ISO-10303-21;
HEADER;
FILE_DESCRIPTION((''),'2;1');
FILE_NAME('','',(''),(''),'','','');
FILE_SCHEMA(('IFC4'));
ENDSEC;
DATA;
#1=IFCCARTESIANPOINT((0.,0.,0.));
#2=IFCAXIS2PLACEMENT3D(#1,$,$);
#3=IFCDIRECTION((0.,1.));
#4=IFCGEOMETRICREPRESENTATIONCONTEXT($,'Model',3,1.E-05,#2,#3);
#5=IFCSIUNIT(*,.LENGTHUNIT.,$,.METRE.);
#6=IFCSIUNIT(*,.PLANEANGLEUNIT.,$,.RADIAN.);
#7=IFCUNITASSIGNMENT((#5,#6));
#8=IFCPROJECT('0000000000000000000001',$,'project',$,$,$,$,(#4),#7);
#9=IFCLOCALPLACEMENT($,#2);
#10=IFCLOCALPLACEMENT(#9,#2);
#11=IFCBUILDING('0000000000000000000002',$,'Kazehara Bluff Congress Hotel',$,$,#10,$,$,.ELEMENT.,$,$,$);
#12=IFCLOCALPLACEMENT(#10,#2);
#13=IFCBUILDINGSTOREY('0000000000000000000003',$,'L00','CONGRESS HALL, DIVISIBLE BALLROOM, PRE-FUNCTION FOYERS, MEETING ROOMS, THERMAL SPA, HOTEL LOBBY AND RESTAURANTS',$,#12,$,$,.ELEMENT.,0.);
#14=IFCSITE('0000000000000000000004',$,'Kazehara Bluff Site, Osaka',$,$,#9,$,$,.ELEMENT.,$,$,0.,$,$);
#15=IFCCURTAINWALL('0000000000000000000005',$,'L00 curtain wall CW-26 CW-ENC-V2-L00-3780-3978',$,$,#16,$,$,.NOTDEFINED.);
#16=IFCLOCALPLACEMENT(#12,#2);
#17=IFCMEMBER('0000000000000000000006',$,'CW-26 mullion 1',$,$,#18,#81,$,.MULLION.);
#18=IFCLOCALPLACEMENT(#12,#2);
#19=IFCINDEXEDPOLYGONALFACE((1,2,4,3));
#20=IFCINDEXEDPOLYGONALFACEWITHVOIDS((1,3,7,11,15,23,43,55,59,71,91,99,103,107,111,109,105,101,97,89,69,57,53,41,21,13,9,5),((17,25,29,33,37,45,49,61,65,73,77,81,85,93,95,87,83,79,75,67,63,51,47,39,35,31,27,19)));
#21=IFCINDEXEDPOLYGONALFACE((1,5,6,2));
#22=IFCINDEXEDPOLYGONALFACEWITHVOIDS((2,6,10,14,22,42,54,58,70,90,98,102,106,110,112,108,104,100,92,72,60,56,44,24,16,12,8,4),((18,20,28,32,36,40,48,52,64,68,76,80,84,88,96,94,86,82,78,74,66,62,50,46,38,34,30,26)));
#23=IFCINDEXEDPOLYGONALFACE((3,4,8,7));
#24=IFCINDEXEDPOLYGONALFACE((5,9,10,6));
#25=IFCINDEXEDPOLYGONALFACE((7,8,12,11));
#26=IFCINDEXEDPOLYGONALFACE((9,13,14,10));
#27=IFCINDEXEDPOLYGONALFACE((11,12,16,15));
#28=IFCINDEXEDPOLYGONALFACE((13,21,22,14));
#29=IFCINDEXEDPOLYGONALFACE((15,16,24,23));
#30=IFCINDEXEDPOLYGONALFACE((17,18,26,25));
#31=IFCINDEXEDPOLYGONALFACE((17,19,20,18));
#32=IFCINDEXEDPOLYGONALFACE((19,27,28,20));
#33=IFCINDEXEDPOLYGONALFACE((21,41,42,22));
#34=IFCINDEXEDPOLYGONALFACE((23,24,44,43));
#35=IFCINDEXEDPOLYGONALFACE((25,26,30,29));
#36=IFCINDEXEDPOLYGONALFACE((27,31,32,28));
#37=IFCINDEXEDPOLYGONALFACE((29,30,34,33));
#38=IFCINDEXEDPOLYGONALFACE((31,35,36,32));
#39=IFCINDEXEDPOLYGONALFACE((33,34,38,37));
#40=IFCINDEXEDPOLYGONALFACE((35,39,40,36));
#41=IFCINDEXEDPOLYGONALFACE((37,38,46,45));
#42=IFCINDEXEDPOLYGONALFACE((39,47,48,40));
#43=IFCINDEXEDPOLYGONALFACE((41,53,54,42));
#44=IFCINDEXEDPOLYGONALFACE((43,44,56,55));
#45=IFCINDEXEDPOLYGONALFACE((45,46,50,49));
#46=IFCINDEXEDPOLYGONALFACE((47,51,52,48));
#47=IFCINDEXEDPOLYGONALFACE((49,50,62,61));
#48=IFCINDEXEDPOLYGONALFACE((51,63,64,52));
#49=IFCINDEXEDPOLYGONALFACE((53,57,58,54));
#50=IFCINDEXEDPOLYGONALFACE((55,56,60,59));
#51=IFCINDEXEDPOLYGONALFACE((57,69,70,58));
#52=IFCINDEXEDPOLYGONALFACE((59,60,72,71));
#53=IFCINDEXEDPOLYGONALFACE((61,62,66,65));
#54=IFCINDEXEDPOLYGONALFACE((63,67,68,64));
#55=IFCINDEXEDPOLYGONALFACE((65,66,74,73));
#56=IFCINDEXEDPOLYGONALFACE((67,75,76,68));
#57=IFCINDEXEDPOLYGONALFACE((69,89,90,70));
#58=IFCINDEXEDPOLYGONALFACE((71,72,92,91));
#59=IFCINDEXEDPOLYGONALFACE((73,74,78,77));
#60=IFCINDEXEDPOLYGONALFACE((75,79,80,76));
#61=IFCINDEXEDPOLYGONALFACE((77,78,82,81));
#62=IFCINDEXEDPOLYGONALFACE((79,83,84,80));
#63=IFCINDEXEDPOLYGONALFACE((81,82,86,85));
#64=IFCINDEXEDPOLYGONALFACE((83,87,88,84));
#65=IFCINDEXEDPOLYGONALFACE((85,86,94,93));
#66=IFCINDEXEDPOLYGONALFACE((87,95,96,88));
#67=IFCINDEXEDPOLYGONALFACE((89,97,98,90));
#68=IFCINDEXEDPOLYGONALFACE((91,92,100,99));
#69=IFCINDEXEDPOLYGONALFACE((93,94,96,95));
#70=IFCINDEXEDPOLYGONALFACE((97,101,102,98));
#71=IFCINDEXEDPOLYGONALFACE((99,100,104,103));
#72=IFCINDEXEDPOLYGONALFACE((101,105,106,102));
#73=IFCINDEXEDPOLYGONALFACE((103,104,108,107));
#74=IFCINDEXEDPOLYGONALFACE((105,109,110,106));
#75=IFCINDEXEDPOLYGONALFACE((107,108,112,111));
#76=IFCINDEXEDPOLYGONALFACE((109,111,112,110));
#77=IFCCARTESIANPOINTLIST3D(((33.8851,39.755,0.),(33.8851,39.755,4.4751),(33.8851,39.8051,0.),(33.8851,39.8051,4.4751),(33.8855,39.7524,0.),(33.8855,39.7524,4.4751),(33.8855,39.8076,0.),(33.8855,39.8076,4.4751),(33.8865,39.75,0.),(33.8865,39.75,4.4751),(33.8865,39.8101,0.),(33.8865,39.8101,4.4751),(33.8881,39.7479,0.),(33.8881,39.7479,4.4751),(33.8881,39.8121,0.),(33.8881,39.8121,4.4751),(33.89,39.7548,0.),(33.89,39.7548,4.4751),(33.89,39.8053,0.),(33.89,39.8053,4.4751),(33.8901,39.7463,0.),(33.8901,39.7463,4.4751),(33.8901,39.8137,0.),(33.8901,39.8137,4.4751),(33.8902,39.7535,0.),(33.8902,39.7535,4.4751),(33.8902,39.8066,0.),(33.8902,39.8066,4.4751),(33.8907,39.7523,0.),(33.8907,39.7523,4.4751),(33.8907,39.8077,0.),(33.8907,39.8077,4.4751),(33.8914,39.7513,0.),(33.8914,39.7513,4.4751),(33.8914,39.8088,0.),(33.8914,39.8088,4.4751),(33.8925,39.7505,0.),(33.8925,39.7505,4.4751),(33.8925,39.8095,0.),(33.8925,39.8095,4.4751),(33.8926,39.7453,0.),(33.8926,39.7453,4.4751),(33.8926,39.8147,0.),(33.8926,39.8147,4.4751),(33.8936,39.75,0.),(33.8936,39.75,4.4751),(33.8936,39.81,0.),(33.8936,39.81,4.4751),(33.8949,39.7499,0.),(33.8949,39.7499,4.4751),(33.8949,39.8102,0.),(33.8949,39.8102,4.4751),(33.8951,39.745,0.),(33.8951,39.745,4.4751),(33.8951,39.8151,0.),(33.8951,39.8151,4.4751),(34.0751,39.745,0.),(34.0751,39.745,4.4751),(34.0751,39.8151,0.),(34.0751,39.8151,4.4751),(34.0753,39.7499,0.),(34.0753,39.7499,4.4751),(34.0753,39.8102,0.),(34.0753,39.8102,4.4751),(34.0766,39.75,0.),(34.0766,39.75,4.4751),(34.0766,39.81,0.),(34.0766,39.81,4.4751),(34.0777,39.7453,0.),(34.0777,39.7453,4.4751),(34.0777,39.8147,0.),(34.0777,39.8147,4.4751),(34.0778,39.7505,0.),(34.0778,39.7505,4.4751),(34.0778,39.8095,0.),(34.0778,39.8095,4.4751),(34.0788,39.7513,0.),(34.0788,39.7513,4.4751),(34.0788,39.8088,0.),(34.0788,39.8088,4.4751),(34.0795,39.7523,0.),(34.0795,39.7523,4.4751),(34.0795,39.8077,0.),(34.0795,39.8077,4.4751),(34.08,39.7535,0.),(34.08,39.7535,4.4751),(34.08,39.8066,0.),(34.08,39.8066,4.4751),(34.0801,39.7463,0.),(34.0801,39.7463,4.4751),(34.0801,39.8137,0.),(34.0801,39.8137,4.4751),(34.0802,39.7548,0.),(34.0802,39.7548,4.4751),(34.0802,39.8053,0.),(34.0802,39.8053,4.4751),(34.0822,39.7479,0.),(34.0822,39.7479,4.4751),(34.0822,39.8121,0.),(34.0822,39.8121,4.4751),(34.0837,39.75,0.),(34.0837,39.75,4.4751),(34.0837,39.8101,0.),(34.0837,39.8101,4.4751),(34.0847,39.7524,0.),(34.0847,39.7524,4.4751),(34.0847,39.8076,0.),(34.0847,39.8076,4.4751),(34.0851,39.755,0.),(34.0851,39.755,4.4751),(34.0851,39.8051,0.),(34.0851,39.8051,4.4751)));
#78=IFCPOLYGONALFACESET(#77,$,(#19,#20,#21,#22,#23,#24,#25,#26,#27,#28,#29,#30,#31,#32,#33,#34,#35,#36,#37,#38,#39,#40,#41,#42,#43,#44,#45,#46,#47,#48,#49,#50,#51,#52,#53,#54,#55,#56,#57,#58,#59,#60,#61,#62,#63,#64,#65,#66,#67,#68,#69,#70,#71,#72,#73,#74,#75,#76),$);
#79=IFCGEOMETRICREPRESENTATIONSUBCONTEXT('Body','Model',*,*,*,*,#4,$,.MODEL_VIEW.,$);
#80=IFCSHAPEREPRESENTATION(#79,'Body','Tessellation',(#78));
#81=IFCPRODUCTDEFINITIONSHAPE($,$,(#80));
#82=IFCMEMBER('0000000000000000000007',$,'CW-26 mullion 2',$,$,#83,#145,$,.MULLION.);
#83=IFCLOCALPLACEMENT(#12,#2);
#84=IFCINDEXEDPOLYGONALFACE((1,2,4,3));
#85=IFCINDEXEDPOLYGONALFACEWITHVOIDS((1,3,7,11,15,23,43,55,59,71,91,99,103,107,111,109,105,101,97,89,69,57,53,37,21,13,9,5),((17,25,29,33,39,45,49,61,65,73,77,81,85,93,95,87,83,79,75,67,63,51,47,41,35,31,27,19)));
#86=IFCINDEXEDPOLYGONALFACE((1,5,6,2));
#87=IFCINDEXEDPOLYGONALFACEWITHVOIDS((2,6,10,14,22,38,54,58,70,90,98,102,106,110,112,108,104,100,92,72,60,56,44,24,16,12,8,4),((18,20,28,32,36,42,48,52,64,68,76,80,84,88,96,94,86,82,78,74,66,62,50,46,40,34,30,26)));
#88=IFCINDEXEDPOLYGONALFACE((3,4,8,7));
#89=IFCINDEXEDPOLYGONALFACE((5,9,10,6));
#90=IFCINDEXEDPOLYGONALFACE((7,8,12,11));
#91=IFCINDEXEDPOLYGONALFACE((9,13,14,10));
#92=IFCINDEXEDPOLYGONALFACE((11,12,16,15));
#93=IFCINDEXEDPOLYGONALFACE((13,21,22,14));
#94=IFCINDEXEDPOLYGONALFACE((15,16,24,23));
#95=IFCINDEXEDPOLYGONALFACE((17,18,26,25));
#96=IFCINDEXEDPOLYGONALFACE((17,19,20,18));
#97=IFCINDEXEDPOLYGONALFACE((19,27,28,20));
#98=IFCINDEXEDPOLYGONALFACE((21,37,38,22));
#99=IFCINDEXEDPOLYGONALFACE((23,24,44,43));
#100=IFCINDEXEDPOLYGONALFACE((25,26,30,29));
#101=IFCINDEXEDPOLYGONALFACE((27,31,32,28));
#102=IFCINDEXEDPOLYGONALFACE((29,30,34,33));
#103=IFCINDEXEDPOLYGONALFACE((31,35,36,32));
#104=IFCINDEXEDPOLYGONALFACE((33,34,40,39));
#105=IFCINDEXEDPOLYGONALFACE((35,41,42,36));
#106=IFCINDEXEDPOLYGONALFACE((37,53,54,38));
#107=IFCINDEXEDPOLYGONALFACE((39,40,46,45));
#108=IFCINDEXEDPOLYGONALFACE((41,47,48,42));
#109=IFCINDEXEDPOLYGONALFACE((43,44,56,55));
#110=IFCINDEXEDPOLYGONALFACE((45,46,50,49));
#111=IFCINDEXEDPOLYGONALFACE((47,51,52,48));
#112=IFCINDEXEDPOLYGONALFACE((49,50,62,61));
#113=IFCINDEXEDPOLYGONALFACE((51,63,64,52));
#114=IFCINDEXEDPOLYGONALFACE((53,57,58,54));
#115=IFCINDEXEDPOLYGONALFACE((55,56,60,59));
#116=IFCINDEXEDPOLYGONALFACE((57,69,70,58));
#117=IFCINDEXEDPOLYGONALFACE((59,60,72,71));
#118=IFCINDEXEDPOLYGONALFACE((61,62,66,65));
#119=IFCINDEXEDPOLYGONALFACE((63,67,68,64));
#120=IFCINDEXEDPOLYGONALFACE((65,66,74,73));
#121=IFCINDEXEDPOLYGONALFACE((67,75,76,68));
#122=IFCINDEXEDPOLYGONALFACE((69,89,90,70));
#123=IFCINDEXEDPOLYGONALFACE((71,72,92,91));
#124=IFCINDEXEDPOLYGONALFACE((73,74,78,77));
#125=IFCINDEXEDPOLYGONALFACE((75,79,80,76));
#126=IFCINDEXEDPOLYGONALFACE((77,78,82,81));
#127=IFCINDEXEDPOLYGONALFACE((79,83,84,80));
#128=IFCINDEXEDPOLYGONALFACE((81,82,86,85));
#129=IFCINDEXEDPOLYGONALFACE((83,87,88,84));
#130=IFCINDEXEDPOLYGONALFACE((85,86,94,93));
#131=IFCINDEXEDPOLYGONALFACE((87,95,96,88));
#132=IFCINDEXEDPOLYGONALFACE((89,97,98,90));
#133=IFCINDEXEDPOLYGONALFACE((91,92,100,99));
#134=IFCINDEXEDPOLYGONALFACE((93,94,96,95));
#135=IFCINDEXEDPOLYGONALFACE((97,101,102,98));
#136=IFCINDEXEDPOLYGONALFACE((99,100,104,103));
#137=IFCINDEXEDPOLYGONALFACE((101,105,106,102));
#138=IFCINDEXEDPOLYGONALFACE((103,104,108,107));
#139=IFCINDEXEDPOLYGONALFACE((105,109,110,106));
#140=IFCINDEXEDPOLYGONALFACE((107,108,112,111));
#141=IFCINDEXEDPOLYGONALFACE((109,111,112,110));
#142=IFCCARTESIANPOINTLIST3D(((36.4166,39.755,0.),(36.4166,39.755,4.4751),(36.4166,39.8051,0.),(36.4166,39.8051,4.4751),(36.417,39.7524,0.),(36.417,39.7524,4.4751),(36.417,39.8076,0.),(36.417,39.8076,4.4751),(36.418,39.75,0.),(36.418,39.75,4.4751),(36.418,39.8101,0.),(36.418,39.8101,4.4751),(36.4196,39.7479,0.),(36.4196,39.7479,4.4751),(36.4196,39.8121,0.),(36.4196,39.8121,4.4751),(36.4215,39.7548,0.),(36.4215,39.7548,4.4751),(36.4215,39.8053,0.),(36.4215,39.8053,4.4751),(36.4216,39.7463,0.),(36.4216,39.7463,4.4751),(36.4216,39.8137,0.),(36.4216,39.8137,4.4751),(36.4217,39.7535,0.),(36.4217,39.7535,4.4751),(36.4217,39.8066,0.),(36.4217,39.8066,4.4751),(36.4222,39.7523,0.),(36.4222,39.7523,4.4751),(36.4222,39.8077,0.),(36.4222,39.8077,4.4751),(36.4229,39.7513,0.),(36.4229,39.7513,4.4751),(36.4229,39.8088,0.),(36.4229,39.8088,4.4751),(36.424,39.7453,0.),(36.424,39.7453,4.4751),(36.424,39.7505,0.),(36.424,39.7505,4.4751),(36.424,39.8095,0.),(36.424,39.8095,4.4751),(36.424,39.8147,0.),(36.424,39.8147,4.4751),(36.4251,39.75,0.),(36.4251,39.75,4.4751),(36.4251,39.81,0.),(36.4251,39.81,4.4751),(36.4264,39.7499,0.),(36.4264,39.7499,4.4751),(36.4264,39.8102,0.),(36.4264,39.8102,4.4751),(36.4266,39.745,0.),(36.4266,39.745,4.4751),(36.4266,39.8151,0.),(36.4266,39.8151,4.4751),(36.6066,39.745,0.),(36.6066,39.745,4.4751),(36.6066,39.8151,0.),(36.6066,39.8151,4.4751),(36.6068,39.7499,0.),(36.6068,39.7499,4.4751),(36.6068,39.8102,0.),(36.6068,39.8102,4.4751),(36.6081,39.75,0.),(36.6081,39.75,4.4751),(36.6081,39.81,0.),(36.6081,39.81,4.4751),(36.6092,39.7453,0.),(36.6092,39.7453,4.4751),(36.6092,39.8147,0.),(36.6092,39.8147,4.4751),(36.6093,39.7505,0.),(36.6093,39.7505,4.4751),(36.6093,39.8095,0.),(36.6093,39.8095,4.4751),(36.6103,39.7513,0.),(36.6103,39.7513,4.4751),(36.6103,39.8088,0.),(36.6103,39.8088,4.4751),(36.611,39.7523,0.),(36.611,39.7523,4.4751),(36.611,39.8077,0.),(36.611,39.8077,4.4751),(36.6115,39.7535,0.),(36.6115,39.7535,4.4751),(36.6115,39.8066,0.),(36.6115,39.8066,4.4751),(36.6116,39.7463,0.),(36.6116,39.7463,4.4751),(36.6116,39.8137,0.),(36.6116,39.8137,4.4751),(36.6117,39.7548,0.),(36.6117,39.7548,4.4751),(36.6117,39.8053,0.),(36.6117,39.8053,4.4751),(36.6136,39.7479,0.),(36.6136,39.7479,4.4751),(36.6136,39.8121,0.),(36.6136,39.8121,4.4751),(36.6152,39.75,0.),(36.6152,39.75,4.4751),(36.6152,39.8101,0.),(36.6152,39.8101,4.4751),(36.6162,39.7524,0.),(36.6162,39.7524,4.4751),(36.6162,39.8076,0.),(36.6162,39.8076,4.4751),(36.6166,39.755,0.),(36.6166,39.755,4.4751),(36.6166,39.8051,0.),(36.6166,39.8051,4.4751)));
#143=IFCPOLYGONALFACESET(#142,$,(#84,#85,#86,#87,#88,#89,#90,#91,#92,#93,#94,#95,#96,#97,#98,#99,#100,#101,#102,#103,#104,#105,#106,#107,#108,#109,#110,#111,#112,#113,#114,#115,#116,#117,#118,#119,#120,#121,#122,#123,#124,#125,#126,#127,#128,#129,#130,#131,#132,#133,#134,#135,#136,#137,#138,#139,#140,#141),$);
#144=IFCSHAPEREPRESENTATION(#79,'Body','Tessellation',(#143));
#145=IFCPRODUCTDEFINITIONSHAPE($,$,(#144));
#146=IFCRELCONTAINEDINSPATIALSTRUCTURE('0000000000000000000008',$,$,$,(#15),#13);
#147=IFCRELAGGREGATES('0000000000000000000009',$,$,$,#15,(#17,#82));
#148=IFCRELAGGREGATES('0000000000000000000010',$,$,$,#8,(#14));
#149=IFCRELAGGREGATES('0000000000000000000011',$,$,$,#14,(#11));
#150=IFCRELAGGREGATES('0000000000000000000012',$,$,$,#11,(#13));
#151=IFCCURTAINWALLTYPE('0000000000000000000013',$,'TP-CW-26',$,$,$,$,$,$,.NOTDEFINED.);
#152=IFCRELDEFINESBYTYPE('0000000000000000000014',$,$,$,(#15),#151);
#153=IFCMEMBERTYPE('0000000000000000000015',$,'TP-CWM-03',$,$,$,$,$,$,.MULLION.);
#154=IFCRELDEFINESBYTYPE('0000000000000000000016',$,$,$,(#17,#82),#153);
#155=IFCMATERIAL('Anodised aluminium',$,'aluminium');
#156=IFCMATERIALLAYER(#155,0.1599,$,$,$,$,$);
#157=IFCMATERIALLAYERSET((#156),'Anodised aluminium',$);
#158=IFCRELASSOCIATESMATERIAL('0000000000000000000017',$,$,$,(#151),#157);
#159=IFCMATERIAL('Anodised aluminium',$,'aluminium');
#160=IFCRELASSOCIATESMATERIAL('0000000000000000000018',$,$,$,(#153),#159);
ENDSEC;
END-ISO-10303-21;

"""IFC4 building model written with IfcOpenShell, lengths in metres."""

from ifc_helpers import new_model, si_unit, direction, frame, origin, origin_2d, place, context, subcontext, project, spatial, hollow_rectangle, extrude, material, layer, layer_set, material_profile, profile_set, type_object, element, aggregate, save


model = new_model("IFC4")

# Units and contexts
model_context = context("Model", 3, precision=1e-05, world=origin(), true_north=direction((0.0, 1.0)))
body_context = subcontext(model_context, "Body", "Model", "MODEL_VIEW")
ifc_project = project(units=[si_unit("LENGTHUNIT", "METRE"), si_unit("PLANEANGLEUNIT", "RADIAN")], contexts=[model_context])

# Site, building, storey
site_placement = place(None, origin())
site = spatial("IfcSite", under=ifc_project, at=site_placement, Name="Kazehara Bluff Site, Osaka", CompositionType="ELEMENT", RefElevation=0.0)
building_placement = place(site_placement, origin())
building = spatial("IfcBuilding", under=site, at=building_placement, Name="Kazehara Bluff Congress Hotel", CompositionType="ELEMENT")
storey_placement = place(building_placement, origin())
storey = spatial("IfcBuildingStorey", under=building, at=storey_placement, Name="L00", Description="CONGRESS HALL, DIVISIBLE BALLROOM, PRE-FUNCTION FOYERS, MEETING ROOMS, THERMAL SPA, HOTEL LOBBY AND RESTAURANTS", CompositionType="ELEMENT", Elevation=0.0)

# Shared definitions
ifc_material_1 = material(Name="Anodised aluminium", Category="aluminium")
ifc_layer_1 = layer(ifc_material_1, 0.1599)
ifc_layer_set_1 = layer_set([ifc_layer_1], Name="Anodised aluminium")
curtain_wall_type = type_object("IfcCurtainWallType", Name="TP-CW-26", PredefinedType="NOTDEFINED", material=ifc_layer_set_1)
ifc_material_2 = material(Name="Anodised aluminium", Category="aluminium")
ifc_material_profile_1 = material_profile(ifc_material_2, hollow_rectangle(XDim=0.0701, YDim=0.2, WallThickness=0.0049, InnerFilletRadius=0.0049, OuterFilletRadius=0.01, at=origin_2d()))
ifc_profile_set_1 = profile_set([ifc_material_profile_1], Name="Anodised aluminium")
member_type_1 = type_object("IfcMemberType", Name="TP-CWM-03", PredefinedType="MULLION", material=ifc_profile_set_1)

# Curtain wall, members
curtain_wall_1_placement = place(storey_placement, origin())
curtain_wall_1 = element("IfcCurtainWall", 1, at=curtain_wall_1_placement, inside=storey, type_object=curtain_wall_type, Name="L00 curtain wall CW-26 CW-ENC-V2-L00-3780-3978", PredefinedType="NOTDEFINED")
member_1_placement = place(storey_placement, frame((33.9851, 39.78, 0.0), z_axis=(0.0, 0.0, 1.0), x_axis=(0.0, 1.0, 0.0)))
member_1 = element("IfcMember", 2, at=member_1_placement, type_object=member_type_1, Name="CW-26 mullion 1", PredefinedType="MULLION", context=body_context, shape_type="SweptSolid", body=[
    extrude(hollow_rectangle(XDim=0.0701, YDim=0.2, WallThickness=0.0049, InnerFilletRadius=0.0049, OuterFilletRadius=0.01, at=origin_2d()), origin(), (0.0, 0.0, 1.0), 4.4751),
])
member_2_placement = place(storey_placement, frame((36.5166, 39.78, 0.0), z_axis=(0.0, 0.0, 1.0), x_axis=(0.0, 1.0, 0.0)))
member_2 = element("IfcMember", 3, at=member_2_placement, type_object=member_type_1, Name="CW-26 mullion 2", PredefinedType="MULLION", context=body_context, shape_type="SweptSolid", body=[
    extrude(hollow_rectangle(XDim=0.0701, YDim=0.2, WallThickness=0.0049, InnerFilletRadius=0.0049, OuterFilletRadius=0.01, at=origin_2d()), origin(), (0.0, 0.0, 1.0), 4.4751),
])

aggregate(curtain_wall_1, [member_1, member_2])

save(model, "model.ifc")
